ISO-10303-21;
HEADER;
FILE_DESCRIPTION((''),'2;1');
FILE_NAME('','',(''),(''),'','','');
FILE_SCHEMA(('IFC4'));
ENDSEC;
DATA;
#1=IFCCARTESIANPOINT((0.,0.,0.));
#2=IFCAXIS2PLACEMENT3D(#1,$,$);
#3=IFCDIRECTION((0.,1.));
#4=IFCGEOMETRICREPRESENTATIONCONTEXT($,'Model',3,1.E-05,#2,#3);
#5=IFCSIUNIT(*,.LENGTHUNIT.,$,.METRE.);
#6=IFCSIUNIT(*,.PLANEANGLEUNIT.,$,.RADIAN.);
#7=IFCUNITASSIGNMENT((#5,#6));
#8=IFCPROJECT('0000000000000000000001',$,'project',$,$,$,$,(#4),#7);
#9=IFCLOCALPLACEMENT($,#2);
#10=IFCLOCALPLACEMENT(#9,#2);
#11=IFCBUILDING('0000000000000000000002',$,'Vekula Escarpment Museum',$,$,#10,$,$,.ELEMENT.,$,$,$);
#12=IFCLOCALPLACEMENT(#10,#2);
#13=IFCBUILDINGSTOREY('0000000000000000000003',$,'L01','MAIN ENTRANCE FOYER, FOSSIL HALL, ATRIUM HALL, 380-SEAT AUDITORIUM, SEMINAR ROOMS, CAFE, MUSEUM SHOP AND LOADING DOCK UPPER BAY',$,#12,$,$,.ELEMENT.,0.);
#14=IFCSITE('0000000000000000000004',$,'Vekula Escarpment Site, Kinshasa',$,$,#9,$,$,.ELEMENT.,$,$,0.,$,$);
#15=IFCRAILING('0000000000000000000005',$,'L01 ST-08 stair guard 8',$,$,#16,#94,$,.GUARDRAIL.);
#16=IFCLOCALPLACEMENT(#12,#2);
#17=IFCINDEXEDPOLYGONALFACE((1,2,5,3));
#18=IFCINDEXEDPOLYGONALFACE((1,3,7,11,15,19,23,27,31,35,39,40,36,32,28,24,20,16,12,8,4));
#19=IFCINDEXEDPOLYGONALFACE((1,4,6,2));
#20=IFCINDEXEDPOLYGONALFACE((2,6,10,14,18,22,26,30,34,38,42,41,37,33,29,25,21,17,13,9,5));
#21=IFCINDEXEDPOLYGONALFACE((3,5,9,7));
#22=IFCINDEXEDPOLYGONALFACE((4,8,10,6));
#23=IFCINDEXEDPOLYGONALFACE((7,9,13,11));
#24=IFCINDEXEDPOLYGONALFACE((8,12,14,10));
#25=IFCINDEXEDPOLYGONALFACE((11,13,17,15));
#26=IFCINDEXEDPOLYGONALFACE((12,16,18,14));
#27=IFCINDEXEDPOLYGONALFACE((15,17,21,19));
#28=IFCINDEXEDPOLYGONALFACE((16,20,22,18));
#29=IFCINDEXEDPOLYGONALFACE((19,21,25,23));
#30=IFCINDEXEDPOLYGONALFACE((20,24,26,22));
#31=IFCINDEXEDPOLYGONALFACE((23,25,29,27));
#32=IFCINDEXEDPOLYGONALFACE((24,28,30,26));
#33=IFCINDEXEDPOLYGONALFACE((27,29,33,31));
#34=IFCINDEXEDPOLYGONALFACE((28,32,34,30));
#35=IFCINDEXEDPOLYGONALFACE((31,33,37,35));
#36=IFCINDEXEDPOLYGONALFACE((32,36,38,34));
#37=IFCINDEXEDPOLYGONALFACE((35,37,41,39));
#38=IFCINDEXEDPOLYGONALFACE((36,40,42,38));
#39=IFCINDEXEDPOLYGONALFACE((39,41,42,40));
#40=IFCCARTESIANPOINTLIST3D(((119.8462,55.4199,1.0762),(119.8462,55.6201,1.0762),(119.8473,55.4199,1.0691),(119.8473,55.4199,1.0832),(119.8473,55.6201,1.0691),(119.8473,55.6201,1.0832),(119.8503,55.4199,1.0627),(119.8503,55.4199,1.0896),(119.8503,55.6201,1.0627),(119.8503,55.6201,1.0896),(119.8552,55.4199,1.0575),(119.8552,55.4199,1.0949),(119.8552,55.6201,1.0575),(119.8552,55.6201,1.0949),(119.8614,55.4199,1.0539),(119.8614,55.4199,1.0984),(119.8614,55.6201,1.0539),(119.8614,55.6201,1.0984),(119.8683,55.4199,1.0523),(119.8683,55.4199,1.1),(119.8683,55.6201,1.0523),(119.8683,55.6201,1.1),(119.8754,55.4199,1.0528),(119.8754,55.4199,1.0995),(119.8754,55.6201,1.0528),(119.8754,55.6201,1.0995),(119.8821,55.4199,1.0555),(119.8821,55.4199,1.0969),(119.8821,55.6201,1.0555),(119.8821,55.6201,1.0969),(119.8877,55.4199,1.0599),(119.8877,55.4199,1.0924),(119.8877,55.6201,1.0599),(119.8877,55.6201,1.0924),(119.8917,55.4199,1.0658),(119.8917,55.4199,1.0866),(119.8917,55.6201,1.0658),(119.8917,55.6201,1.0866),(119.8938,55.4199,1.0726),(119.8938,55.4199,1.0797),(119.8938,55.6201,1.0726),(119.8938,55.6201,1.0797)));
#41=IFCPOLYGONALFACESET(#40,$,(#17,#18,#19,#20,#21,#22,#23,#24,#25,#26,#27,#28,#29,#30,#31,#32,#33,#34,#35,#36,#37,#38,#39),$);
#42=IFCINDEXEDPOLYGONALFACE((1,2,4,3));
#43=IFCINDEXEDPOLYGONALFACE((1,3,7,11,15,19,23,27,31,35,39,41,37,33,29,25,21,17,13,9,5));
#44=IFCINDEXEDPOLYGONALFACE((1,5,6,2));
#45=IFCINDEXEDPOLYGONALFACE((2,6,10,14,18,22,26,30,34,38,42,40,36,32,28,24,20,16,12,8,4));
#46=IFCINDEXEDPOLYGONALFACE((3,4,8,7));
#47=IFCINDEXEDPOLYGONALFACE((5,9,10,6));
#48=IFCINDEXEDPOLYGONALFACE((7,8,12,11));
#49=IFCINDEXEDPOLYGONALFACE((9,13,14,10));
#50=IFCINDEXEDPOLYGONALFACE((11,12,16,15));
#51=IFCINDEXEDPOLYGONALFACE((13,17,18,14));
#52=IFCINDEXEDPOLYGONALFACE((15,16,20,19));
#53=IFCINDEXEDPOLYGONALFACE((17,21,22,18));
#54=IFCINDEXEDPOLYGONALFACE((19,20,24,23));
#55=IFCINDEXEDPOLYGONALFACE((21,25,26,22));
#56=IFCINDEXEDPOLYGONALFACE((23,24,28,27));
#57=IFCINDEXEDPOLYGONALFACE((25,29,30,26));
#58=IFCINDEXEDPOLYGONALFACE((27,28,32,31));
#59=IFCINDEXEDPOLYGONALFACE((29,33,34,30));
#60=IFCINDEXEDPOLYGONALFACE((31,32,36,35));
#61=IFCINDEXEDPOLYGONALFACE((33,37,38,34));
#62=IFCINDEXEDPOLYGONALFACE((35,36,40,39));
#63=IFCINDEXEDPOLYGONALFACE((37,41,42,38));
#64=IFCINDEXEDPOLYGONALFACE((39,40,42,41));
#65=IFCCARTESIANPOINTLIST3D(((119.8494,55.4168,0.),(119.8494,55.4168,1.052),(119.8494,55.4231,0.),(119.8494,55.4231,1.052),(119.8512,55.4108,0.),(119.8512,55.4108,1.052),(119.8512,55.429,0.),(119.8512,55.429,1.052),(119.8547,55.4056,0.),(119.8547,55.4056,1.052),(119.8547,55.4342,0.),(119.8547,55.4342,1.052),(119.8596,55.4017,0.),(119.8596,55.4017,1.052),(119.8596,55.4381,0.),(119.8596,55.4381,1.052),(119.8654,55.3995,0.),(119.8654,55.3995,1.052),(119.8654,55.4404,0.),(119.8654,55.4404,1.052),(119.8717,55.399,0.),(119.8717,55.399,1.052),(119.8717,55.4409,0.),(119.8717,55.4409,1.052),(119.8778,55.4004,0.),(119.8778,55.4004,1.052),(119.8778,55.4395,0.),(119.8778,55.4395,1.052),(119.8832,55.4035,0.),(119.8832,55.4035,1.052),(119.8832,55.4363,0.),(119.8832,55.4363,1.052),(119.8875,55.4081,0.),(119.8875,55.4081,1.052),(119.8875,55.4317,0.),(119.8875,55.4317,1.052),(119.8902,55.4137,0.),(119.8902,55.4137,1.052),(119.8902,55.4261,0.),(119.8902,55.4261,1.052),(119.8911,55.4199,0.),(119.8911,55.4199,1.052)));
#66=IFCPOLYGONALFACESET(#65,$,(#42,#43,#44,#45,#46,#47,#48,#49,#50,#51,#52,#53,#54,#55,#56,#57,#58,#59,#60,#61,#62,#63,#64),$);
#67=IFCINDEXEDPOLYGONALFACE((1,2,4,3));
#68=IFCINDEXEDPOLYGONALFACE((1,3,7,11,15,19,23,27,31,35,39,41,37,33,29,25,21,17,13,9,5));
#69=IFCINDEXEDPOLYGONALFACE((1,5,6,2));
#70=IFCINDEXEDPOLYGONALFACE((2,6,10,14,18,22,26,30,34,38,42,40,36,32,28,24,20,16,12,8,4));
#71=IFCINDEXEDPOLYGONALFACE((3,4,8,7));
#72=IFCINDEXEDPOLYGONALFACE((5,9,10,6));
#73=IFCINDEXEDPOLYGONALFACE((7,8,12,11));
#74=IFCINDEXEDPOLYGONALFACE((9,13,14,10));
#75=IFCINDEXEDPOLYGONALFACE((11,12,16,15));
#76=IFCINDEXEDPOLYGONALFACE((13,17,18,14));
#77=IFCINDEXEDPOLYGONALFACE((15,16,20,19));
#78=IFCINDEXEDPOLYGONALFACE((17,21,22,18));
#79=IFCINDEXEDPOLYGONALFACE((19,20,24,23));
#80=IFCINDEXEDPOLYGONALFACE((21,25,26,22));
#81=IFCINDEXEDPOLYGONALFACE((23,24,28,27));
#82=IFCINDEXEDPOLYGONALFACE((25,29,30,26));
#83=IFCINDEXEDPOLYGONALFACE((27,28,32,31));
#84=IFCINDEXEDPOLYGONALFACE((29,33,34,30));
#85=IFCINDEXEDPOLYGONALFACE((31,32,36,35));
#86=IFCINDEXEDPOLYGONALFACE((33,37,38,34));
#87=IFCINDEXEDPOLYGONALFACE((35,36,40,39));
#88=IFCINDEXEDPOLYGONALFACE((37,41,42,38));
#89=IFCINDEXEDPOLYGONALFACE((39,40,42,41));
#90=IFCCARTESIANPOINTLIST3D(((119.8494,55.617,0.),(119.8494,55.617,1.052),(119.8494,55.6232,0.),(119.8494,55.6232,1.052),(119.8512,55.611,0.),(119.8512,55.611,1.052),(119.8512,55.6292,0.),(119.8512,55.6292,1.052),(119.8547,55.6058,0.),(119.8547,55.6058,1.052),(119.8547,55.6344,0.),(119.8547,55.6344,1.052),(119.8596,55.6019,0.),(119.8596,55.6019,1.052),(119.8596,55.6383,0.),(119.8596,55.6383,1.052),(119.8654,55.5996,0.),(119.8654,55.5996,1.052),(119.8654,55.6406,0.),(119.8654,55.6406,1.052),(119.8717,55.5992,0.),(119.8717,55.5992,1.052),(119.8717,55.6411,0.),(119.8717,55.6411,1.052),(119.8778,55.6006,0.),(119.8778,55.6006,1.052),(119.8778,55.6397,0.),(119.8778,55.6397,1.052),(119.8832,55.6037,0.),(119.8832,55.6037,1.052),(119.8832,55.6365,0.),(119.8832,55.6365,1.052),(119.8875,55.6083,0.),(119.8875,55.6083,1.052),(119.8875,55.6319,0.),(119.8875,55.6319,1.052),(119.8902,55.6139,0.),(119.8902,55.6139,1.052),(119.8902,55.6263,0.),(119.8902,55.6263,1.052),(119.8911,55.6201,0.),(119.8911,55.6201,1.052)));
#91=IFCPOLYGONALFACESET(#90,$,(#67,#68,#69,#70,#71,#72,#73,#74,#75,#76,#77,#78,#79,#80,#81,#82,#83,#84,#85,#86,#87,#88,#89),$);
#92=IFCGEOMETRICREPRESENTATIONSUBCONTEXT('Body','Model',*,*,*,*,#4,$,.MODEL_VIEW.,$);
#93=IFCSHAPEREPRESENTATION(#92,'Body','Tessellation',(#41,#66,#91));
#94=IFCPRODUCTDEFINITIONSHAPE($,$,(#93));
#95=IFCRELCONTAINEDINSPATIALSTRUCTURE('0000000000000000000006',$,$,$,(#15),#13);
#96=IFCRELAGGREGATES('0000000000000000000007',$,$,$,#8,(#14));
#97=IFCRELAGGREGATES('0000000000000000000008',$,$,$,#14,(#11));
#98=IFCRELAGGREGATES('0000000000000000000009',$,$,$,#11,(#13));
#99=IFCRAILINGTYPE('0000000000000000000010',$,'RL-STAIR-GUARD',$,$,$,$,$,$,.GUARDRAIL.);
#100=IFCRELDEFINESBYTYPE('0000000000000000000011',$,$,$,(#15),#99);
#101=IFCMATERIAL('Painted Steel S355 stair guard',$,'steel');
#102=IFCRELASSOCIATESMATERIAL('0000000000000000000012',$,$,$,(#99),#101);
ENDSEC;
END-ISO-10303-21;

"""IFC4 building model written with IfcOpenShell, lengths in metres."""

from ifc_helpers import new_model, si_unit, direction, frame, origin, origin_2d, place, context, subcontext, project, spatial, circle, extrude, material, type_object, element, save


model = new_model("IFC4")

# Units and contexts
model_context = context("Model", 3, precision=1e-05, world=origin(), true_north=direction((0.0, 1.0)))
body_context = subcontext(model_context, "Body", "Model", "MODEL_VIEW")
ifc_project = project(units=[si_unit("LENGTHUNIT", "METRE"), si_unit("PLANEANGLEUNIT", "RADIAN")], contexts=[model_context])

# Site, building, storey
site_placement = place(None, origin())
site = spatial("IfcSite", under=ifc_project, at=site_placement, Name="Vekula Escarpment Site, Kinshasa", CompositionType="ELEMENT", RefElevation=0.0)
building_placement = place(site_placement, origin())
building = spatial("IfcBuilding", under=site, at=building_placement, Name="Vekula Escarpment Museum", CompositionType="ELEMENT")
storey_placement = place(building_placement, origin())
storey = spatial("IfcBuildingStorey", under=building, at=storey_placement, Name="L01", Description="MAIN ENTRANCE FOYER, FOSSIL HALL, ATRIUM HALL, 380-SEAT AUDITORIUM, SEMINAR ROOMS, CAFE, MUSEUM SHOP AND LOADING DOCK UPPER BAY", CompositionType="ELEMENT", Elevation=0.0)

# Railing
ifc_material_1 = material(Name="Painted Steel S355 stair guard", Category="steel")
railing_type_1 = type_object("IfcRailingType", Name="RL-STAIR-GUARD", PredefinedType="GUARDRAIL", material=ifc_material_1)
railing_1_placement = place(storey_placement, frame((119.8701, 55.4199, 0.0)))
element("IfcRailing", 1, at=railing_1_placement, inside=storey, type_object=railing_type_1, Name="L01 ST-08 stair guard 8", PredefinedType="GUARDRAIL", context=body_context, shape_type="SweptSolid", body=[
    extrude(circle(Radius=0.0239, at=origin_2d()), frame((0.0, 0.0, 1.0762), z_axis=(0.0, 1.0, 0.0), x_axis=(-1.0, 0.0, 0.0)), (0.0, 0.0, 1.0), 0.2002),
    extrude(circle(Radius=0.021, at=origin_2d()), origin(), (0.0, 0.0, 1.0), 1.052),
    extrude(circle(Radius=0.021, at=origin_2d()), frame((0.0, 0.2002, 0.0)), (0.0, 0.0, 1.0), 1.052),
])

save(model, "model.ifc")
